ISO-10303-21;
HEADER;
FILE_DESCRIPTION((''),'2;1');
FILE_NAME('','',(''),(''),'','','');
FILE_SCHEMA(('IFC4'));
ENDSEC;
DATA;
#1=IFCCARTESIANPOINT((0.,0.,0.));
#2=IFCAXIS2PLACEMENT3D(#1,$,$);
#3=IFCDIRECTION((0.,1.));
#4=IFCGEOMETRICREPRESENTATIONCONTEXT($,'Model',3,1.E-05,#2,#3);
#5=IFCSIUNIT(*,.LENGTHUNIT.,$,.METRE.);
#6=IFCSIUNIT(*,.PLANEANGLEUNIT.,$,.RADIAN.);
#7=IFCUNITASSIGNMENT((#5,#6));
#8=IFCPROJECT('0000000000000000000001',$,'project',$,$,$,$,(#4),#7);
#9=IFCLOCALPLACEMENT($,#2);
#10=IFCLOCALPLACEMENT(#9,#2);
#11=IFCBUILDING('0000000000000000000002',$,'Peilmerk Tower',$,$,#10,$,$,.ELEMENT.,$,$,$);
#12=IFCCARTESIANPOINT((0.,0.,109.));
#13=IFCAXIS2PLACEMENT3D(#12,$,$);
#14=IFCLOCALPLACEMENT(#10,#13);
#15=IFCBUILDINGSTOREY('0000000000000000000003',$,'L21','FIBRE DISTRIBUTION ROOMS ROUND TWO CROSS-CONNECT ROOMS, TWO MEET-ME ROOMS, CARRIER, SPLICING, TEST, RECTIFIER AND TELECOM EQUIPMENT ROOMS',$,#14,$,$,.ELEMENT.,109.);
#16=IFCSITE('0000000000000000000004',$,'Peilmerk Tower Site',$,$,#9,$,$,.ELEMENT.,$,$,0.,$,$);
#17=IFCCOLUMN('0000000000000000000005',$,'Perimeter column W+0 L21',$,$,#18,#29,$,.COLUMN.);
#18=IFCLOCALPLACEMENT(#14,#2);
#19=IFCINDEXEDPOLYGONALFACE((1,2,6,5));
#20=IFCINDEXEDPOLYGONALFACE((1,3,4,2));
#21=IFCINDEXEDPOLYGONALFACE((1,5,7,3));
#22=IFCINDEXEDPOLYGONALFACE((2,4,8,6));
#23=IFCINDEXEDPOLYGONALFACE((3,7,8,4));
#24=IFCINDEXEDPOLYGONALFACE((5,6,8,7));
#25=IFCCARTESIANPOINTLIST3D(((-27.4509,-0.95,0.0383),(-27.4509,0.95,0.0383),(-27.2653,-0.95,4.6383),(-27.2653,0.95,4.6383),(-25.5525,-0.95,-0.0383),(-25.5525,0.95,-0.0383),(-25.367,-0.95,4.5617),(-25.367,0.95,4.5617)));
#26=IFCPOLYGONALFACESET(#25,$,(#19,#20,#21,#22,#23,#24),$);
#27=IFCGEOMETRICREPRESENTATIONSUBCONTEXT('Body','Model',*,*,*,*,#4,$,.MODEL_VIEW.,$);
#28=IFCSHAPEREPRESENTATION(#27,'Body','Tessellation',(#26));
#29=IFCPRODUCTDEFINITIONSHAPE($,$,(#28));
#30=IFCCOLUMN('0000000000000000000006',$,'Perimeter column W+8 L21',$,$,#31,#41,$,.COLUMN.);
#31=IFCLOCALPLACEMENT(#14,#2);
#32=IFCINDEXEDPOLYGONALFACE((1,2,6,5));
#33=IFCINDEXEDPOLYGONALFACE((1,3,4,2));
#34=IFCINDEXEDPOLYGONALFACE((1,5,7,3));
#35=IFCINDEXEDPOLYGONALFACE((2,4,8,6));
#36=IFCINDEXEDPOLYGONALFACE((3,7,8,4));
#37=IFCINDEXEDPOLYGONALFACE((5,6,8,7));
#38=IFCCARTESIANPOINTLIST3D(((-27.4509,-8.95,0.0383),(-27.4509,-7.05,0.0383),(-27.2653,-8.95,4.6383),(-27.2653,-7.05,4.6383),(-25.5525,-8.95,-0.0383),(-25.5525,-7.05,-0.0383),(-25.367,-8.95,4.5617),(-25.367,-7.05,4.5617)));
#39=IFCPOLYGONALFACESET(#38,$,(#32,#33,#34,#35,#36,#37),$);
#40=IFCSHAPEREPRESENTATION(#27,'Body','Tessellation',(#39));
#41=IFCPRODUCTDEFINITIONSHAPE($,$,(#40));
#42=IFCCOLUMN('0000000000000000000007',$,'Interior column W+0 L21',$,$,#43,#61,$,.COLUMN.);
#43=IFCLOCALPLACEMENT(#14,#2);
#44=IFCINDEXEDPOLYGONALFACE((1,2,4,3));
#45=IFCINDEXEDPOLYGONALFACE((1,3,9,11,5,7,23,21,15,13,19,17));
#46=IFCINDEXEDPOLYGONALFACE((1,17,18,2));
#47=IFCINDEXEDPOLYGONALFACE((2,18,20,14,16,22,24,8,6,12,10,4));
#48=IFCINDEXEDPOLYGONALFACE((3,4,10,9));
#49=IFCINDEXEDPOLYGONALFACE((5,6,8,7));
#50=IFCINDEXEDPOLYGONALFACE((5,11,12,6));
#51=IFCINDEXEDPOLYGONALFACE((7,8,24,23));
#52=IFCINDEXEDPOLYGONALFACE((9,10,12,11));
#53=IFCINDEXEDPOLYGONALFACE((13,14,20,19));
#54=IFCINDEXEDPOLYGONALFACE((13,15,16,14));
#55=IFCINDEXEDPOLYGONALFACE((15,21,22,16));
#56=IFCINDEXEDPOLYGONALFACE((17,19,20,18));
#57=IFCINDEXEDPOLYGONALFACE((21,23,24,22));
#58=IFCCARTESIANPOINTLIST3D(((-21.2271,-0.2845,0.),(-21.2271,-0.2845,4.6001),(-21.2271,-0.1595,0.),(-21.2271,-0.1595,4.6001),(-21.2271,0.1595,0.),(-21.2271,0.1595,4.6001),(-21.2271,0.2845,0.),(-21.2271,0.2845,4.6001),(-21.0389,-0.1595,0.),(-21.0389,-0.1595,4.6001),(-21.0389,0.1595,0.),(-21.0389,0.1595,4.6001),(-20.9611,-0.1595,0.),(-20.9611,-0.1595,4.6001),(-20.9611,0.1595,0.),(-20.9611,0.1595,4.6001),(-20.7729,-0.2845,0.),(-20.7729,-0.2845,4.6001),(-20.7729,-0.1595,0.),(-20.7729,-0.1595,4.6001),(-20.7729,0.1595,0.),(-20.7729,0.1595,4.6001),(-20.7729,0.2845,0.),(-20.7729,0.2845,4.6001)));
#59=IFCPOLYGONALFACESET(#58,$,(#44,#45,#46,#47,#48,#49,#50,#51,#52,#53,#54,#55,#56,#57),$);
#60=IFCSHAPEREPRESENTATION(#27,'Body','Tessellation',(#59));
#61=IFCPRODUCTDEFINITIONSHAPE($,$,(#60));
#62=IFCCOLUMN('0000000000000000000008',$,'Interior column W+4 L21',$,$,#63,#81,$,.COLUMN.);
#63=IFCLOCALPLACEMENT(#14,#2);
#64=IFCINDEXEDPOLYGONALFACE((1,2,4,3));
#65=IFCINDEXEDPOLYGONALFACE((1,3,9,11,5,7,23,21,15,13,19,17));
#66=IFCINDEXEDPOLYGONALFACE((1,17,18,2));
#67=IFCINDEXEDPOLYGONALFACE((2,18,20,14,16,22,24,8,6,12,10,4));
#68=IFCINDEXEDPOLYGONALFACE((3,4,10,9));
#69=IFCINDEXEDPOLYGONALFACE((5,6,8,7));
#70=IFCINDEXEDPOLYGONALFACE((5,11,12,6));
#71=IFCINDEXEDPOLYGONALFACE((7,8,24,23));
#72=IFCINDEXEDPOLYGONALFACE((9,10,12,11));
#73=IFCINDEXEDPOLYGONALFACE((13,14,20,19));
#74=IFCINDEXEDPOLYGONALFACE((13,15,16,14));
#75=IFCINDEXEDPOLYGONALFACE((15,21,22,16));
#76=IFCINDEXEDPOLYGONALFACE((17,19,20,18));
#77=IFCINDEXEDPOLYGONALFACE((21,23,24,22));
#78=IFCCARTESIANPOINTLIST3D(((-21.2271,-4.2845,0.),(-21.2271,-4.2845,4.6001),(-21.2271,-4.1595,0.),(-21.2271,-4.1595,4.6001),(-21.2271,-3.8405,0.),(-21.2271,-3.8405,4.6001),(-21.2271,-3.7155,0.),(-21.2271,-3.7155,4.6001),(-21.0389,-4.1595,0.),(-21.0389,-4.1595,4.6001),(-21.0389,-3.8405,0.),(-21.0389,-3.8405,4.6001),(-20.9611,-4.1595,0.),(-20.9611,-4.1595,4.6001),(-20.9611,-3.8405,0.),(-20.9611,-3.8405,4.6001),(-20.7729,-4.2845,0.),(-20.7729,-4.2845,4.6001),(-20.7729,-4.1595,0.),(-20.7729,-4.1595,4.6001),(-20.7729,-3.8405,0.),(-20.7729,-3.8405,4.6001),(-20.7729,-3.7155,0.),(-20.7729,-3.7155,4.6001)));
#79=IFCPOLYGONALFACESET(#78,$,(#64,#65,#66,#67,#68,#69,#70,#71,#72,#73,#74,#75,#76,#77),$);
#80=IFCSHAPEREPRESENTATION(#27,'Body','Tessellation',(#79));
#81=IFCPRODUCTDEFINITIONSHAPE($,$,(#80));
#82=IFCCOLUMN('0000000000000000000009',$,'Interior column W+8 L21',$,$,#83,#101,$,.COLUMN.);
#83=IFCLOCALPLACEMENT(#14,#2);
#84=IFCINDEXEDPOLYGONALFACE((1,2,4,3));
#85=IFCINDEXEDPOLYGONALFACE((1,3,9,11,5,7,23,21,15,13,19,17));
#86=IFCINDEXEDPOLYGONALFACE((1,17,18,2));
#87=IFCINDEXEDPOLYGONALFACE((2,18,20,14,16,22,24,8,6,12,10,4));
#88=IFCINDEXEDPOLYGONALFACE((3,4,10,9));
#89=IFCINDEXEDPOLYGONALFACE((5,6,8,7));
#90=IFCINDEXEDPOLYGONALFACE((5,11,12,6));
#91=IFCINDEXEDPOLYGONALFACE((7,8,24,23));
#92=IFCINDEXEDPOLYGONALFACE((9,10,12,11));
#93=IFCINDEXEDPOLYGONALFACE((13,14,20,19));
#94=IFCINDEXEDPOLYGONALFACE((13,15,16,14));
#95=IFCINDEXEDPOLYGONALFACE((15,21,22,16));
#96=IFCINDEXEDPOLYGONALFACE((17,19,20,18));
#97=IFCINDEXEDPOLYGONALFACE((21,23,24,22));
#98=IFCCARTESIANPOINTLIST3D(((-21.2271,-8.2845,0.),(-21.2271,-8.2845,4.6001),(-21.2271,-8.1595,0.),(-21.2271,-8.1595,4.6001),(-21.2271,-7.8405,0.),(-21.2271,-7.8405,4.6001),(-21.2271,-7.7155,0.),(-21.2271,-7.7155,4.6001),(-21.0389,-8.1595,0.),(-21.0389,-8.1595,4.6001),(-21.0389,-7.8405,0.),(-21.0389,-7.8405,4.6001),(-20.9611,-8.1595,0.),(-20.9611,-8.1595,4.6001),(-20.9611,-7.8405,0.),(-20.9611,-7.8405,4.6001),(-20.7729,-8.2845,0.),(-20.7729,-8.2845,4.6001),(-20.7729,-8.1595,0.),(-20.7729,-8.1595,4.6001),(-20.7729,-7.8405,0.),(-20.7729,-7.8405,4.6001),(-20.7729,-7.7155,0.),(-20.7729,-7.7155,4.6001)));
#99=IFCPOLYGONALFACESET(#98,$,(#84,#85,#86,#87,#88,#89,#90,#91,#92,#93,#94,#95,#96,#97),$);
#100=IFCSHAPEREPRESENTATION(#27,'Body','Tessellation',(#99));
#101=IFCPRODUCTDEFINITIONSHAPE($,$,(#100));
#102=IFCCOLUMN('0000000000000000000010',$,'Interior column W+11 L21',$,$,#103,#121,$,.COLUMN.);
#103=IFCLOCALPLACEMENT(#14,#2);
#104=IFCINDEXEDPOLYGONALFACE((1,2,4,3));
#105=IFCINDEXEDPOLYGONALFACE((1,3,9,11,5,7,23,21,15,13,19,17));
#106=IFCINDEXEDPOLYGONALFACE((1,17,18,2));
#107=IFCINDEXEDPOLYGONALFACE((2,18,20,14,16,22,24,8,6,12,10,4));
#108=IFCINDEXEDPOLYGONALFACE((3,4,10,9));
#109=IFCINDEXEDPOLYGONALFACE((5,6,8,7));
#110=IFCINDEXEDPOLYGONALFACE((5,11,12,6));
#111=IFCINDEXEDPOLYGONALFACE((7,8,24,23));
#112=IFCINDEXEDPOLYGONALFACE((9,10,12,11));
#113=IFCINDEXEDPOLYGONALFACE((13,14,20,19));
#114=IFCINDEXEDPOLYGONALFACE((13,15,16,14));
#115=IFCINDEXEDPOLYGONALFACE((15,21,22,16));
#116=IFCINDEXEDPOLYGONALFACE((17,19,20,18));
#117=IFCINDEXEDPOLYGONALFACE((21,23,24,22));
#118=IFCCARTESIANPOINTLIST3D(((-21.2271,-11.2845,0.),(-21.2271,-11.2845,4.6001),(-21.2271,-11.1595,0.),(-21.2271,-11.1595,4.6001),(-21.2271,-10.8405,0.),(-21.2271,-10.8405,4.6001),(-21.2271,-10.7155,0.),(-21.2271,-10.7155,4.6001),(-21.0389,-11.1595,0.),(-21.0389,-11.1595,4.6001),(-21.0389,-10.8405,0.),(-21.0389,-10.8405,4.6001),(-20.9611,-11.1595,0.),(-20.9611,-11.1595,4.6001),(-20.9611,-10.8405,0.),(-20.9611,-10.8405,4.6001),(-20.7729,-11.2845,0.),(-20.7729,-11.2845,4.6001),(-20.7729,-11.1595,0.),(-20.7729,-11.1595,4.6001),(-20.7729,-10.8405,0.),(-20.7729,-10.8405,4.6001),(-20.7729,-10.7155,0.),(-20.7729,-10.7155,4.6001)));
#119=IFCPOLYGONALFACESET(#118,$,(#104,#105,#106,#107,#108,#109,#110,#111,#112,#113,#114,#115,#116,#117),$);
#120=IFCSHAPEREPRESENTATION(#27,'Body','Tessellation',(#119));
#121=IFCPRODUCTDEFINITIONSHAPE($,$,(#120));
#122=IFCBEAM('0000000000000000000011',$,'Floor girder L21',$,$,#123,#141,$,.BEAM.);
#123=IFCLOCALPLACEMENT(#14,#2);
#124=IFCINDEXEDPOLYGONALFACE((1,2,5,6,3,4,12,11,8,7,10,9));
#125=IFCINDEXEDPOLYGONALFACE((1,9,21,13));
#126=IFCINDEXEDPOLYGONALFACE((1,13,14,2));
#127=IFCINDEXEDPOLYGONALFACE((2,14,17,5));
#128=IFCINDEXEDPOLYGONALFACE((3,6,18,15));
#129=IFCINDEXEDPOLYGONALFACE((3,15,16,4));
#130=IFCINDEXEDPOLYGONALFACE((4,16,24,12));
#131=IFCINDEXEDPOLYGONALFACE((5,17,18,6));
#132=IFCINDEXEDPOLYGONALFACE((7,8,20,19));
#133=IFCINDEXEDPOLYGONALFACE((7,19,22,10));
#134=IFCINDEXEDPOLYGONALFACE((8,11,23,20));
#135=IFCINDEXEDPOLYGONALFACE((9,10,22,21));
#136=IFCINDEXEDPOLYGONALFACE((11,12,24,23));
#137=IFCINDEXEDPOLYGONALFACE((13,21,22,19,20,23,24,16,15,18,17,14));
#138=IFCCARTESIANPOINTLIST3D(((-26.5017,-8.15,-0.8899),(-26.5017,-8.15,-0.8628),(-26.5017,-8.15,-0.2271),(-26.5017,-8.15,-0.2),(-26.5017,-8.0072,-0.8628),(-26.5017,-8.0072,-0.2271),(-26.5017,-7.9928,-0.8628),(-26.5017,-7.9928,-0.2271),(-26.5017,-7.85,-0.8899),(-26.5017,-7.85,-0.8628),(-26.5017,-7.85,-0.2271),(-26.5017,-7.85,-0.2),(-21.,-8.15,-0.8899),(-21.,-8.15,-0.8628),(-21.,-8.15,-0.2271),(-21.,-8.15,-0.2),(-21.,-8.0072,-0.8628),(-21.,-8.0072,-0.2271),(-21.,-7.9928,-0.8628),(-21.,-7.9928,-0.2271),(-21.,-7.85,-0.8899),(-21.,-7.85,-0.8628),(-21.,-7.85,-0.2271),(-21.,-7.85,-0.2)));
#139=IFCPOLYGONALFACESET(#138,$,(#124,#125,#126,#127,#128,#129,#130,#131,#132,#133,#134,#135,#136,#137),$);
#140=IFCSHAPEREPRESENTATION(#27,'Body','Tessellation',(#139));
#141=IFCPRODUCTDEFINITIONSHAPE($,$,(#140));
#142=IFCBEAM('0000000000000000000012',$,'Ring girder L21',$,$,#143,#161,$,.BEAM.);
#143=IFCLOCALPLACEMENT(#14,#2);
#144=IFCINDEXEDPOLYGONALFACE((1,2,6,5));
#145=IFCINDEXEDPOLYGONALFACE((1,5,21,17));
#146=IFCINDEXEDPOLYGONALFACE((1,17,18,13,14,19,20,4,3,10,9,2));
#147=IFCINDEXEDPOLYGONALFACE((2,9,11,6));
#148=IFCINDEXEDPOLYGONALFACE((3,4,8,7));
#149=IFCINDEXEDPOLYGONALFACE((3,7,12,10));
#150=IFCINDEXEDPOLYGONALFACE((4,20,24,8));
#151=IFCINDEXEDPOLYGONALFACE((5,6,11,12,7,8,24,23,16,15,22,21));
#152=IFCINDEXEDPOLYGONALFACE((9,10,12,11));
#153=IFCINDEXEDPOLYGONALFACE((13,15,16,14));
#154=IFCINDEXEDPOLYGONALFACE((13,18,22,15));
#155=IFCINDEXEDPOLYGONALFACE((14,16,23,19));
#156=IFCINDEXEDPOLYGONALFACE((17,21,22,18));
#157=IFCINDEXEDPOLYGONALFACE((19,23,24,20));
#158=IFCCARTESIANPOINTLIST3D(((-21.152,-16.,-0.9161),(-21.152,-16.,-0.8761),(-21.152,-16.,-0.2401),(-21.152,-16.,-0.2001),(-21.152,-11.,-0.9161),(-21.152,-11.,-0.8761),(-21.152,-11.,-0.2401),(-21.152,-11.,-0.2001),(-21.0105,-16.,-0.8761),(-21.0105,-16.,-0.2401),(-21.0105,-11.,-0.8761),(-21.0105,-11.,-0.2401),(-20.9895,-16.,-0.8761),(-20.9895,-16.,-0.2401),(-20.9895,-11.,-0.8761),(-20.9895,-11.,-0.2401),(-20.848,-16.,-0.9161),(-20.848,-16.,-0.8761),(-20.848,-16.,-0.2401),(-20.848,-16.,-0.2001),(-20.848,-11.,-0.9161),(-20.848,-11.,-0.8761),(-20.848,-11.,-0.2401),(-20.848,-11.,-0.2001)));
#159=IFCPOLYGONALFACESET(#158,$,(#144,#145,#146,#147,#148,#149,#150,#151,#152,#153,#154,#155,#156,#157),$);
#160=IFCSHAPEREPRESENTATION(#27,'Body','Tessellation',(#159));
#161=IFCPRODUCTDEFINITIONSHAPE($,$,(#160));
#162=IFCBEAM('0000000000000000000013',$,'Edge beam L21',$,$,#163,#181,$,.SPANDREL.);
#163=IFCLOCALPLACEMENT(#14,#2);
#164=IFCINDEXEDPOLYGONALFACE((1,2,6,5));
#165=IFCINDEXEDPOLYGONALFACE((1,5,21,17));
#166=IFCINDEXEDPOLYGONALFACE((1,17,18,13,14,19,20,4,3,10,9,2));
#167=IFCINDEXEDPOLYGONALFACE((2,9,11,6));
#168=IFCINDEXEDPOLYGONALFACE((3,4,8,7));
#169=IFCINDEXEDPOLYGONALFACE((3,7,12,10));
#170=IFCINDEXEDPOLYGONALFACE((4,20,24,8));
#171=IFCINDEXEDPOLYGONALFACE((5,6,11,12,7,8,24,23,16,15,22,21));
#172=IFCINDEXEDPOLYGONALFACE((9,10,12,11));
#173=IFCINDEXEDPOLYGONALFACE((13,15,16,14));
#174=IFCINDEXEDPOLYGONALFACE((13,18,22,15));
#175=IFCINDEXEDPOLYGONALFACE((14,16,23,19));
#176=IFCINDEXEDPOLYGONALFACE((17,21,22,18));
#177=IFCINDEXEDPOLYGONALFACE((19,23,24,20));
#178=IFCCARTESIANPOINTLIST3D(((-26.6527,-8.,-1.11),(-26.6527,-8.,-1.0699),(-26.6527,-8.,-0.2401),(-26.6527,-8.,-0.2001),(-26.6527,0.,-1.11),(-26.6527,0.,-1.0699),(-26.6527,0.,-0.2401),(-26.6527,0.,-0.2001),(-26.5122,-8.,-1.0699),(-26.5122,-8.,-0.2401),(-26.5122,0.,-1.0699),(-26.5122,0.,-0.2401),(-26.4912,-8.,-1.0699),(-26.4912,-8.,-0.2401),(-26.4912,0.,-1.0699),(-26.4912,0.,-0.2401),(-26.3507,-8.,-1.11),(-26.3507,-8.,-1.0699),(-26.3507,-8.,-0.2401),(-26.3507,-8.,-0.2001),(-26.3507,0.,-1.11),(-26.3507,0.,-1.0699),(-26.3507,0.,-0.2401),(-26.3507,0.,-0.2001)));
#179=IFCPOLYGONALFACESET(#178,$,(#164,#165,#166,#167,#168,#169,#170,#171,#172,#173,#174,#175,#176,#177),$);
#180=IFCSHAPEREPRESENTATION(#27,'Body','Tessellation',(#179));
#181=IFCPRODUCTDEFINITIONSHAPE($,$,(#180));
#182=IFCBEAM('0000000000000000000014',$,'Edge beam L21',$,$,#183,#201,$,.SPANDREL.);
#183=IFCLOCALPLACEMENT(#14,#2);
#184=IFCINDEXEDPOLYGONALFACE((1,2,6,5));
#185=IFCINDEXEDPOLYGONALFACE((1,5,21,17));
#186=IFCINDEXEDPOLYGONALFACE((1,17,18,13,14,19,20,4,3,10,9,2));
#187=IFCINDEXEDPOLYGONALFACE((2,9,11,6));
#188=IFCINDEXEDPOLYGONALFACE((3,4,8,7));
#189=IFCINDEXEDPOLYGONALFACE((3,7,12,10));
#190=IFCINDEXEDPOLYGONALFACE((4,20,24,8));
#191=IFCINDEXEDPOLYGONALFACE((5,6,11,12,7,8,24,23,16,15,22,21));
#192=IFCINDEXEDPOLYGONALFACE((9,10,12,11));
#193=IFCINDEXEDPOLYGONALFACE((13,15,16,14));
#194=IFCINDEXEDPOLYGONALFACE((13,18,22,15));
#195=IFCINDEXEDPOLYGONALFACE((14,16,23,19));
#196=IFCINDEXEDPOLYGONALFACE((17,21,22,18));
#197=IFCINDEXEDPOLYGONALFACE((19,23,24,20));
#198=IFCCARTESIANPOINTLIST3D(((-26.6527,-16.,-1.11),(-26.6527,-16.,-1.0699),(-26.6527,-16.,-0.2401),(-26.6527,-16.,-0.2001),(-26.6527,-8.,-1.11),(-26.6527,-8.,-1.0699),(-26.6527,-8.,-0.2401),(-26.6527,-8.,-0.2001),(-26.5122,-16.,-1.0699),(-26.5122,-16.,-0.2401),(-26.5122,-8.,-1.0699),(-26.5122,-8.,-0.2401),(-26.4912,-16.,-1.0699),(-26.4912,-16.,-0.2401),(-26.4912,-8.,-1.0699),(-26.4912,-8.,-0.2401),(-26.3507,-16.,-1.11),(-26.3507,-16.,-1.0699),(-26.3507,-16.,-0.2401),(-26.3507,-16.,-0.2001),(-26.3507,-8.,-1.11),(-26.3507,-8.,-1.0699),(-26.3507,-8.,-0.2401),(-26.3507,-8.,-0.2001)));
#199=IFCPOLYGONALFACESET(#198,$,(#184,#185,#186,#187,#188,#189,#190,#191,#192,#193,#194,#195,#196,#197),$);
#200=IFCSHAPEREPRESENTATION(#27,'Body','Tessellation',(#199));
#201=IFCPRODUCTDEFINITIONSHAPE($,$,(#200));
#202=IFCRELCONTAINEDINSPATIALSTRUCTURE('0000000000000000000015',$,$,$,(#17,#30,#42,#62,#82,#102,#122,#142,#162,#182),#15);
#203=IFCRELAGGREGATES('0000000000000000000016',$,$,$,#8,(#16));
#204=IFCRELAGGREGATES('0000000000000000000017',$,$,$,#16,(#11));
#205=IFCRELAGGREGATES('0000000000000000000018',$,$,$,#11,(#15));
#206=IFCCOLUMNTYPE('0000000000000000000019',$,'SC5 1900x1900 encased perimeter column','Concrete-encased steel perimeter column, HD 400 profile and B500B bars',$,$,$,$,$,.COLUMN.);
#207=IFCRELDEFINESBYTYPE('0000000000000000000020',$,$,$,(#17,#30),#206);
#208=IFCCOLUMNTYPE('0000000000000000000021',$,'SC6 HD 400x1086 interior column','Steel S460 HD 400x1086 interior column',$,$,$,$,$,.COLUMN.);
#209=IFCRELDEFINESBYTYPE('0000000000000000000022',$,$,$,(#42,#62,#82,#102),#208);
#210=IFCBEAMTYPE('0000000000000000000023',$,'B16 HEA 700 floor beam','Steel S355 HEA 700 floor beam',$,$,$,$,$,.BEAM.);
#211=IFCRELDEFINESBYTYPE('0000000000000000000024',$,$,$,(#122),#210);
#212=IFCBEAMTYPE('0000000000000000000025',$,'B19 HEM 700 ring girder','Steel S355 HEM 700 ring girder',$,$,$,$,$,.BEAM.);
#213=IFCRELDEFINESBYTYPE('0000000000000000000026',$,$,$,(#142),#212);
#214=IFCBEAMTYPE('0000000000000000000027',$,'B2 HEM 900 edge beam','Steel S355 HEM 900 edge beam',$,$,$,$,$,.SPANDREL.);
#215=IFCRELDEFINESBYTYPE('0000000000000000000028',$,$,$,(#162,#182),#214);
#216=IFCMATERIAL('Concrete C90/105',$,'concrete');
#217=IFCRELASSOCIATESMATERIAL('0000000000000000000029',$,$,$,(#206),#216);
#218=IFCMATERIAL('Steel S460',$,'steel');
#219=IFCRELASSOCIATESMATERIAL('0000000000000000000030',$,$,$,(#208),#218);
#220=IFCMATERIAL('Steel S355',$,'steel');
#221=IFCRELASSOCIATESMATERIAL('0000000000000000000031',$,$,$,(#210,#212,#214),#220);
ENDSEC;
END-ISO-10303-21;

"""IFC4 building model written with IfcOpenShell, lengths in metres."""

from ifc_helpers import new_model, si_unit, direction, frame, origin, origin_2d, place, context, subcontext, project, spatial, rectangle, i_section, extrude, material, material_profile, profile_set, type_object, element, save


model = new_model("IFC4")

# Units and contexts
model_context = context("Model", 3, precision=1e-05, world=origin(), true_north=direction((0.0, 1.0)))
body_context = subcontext(model_context, "Body", "Model", "MODEL_VIEW")
ifc_project = project(units=[si_unit("LENGTHUNIT", "METRE"), si_unit("PLANEANGLEUNIT", "RADIAN")], contexts=[model_context])

# Site, building, storey
site_placement = place(None, origin())
site = spatial("IfcSite", under=ifc_project, at=site_placement, Name="Peilmerk Tower Site", CompositionType="ELEMENT", RefElevation=0.0)
building_placement = place(site_placement, origin())
building = spatial("IfcBuilding", under=site, at=building_placement, Name="Peilmerk Tower", CompositionType="ELEMENT")
storey_placement = place(building_placement, frame((0.0, 0.0, 109.0)))
storey = spatial("IfcBuildingStorey", under=building, at=storey_placement, Name="L21", Description="FIBRE DISTRIBUTION ROOMS ROUND TWO CROSS-CONNECT ROOMS, TWO MEET-ME ROOMS, CARRIER, SPLICING, TEST, RECTIFIER AND TELECOM EQUIPMENT ROOMS", CompositionType="ELEMENT", Elevation=109.0)

# Columns
ifc_material_1 = material(Name="Concrete C90/105", Category="concrete")
ifc_material_profile_1 = material_profile(ifc_material_1, rectangle(XDim=1.8999, YDim=1.8999, at=origin_2d()), Name="RC 1900x1900")
ifc_profile_set_1 = profile_set([ifc_material_profile_1], Name="Concrete C90/105")
column_type_1 = type_object("IfcColumnType", Name="SC5 1900x1900 encased perimeter column", Description="Concrete-encased steel perimeter column, HD 400 profile and B500B bars", PredefinedType="COLUMN", material=ifc_profile_set_1)
for number, where, z_axis, x_axis, name in (
    (1, (-26.5017, 0.0, 0.0), (0.040303, 0.0, 0.999188), (0.0, 1.0, 0.0), "Perimeter column W+0 L21"),
    (2, (-26.5017, -8.0, 0.0), (0.040303, 0.0, 0.999188), (0.0, 1.0, 0.0), "Perimeter column W+8 L21"),
):
    element("IfcColumn", number, at=place(storey_placement, frame(where, z_axis=z_axis, x_axis=x_axis)), inside=storey, type_object=column_type_1, Name=name, PredefinedType="COLUMN", context=body_context, shape_type="SweptSolid", body=[
        extrude(rectangle(XDim=1.8999, YDim=1.8999, at=origin_2d()), origin(), (0.0, 0.0, 1.0), 4.6038),
    ])
ifc_material_2 = material(Name="Steel S460", Category="steel")
ifc_material_profile_2 = material_profile(ifc_material_2, i_section(OverallWidth=0.4541, OverallDepth=0.5691, WebThickness=0.0779, FlangeThickness=0.125, at=origin_2d()), Name="HD 400x1086")
ifc_profile_set_2 = profile_set([ifc_material_profile_2], Name="Steel S460")
column_type_2 = type_object("IfcColumnType", Name="SC6 HD 400x1086 interior column", Description="Steel S460 HD 400x1086 interior column", PredefinedType="COLUMN", material=ifc_profile_set_2)
for number, where, z_axis, x_axis, name in (
    (3, (-21.0, 0.0, 0.0), (0.0, 0.0, 1.0), (1.0, 0.0, 0.0), "Interior column W+0 L21"),
    (4, (-21.0, -4.0, 0.0), (0.0, 0.0, 1.0), (1.0, 0.0, 0.0), "Interior column W+4 L21"),
    (5, (-21.0, -8.0, 0.0), (0.0, 0.0, 1.0), (1.0, 0.0, 0.0), "Interior column W+8 L21"),
    (6, (-21.0, -11.0, 0.0), (0.0, 0.0, 1.0), (1.0, 0.0, 0.0), "Interior column W+11 L21"),
):
    element("IfcColumn", number, at=place(storey_placement, frame(where, z_axis=z_axis, x_axis=x_axis)), inside=storey, type_object=column_type_2, Name=name, PredefinedType="COLUMN", context=body_context, shape_type="SweptSolid", body=[
        extrude(i_section(OverallWidth=0.4541, OverallDepth=0.5691, WebThickness=0.0779, FlangeThickness=0.125, at=origin_2d()), origin(), (0.0, 0.0, 1.0), 4.6001),
    ])

# Beams
ifc_material_3 = material(Name="Steel S355", Category="steel")
ifc_material_profile_3 = material_profile(ifc_material_3, i_section(OverallWidth=0.3, OverallDepth=0.6899, WebThickness=0.0144, FlangeThickness=0.0271, at=origin_2d()), Name="HEA 700")
ifc_profile_set_3 = profile_set([ifc_material_profile_3], Name="Steel S355")
beam_type_1 = type_object("IfcBeamType", Name="B16 HEA 700 floor beam", Description="Steel S355 HEA 700 floor beam", PredefinedType="BEAM", material=ifc_profile_set_3)
beam_1_placement = place(storey_placement, frame((-21.0, -8.0, -0.5449), z_axis=(-1.0, 0.0, 0.0), x_axis=(0.0, -1.0, 0.0)))
element("IfcBeam", 7, at=beam_1_placement, inside=storey, type_object=beam_type_1, Name="Floor girder L21", PredefinedType="BEAM", context=body_context, shape_type="SweptSolid", body=[
    extrude(i_section(OverallWidth=0.3, OverallDepth=0.6899, WebThickness=0.0144, FlangeThickness=0.0271, at=origin_2d()), origin(), (0.0, 0.0, 1.0), 5.5017),
])
ifc_material_profile_4 = material_profile(ifc_material_3, i_section(OverallWidth=0.304, OverallDepth=0.7161, WebThickness=0.021, FlangeThickness=0.04, at=origin_2d()), Name="HEM 700")
ifc_profile_set_4 = profile_set([ifc_material_profile_4], Name="Steel S355")
beam_type_2 = type_object("IfcBeamType", Name="B19 HEM 700 ring girder", Description="Steel S355 HEM 700 ring girder", PredefinedType="BEAM", material=ifc_profile_set_4)
beam_2_placement = place(storey_placement, frame((-21.0, -11.0, -0.5581), z_axis=(0.0, -1.0, 0.0), x_axis=(1.0, 0.0, 0.0)))
element("IfcBeam", 8, at=beam_2_placement, inside=storey, type_object=beam_type_2, Name="Ring girder L21", PredefinedType="BEAM", context=body_context, shape_type="SweptSolid", body=[
    extrude(i_section(OverallWidth=0.304, OverallDepth=0.7161, WebThickness=0.021, FlangeThickness=0.04, at=origin_2d()), origin(), (0.0, 0.0, 1.0), 5.0),
])
ifc_material_profile_5 = material_profile(ifc_material_3, i_section(OverallWidth=0.302, OverallDepth=0.9099, WebThickness=0.021, FlangeThickness=0.04, at=origin_2d()), Name="HEM 900")
ifc_profile_set_5 = profile_set([ifc_material_profile_5], Name="Steel S355")
beam_type_3 = type_object("IfcBeamType", Name="B2 HEM 900 edge beam", Description="Steel S355 HEM 900 edge beam", PredefinedType="SPANDREL", material=ifc_profile_set_5)
for number, where, z_axis, x_axis, name in (
    (9, (-26.5017, 0.0, -0.655), (0.0, -1.0, 0.0), (1.0, 0.0, 0.0), "Edge beam L21"),
    (10, (-26.5017, -8.0, -0.655), (0.0, -1.0, 0.0), (1.0, 0.0, 0.0), "Edge beam L21"),
):
    element("IfcBeam", number, at=place(storey_placement, frame(where, z_axis=z_axis, x_axis=x_axis)), inside=storey, type_object=beam_type_3, Name=name, PredefinedType="SPANDREL", context=body_context, shape_type="SweptSolid", body=[
        extrude(i_section(OverallWidth=0.302, OverallDepth=0.9099, WebThickness=0.021, FlangeThickness=0.04, at=origin_2d()), origin(), (0.0, 0.0, 1.0), 8.0),
    ])

save(model, "model.ifc")
